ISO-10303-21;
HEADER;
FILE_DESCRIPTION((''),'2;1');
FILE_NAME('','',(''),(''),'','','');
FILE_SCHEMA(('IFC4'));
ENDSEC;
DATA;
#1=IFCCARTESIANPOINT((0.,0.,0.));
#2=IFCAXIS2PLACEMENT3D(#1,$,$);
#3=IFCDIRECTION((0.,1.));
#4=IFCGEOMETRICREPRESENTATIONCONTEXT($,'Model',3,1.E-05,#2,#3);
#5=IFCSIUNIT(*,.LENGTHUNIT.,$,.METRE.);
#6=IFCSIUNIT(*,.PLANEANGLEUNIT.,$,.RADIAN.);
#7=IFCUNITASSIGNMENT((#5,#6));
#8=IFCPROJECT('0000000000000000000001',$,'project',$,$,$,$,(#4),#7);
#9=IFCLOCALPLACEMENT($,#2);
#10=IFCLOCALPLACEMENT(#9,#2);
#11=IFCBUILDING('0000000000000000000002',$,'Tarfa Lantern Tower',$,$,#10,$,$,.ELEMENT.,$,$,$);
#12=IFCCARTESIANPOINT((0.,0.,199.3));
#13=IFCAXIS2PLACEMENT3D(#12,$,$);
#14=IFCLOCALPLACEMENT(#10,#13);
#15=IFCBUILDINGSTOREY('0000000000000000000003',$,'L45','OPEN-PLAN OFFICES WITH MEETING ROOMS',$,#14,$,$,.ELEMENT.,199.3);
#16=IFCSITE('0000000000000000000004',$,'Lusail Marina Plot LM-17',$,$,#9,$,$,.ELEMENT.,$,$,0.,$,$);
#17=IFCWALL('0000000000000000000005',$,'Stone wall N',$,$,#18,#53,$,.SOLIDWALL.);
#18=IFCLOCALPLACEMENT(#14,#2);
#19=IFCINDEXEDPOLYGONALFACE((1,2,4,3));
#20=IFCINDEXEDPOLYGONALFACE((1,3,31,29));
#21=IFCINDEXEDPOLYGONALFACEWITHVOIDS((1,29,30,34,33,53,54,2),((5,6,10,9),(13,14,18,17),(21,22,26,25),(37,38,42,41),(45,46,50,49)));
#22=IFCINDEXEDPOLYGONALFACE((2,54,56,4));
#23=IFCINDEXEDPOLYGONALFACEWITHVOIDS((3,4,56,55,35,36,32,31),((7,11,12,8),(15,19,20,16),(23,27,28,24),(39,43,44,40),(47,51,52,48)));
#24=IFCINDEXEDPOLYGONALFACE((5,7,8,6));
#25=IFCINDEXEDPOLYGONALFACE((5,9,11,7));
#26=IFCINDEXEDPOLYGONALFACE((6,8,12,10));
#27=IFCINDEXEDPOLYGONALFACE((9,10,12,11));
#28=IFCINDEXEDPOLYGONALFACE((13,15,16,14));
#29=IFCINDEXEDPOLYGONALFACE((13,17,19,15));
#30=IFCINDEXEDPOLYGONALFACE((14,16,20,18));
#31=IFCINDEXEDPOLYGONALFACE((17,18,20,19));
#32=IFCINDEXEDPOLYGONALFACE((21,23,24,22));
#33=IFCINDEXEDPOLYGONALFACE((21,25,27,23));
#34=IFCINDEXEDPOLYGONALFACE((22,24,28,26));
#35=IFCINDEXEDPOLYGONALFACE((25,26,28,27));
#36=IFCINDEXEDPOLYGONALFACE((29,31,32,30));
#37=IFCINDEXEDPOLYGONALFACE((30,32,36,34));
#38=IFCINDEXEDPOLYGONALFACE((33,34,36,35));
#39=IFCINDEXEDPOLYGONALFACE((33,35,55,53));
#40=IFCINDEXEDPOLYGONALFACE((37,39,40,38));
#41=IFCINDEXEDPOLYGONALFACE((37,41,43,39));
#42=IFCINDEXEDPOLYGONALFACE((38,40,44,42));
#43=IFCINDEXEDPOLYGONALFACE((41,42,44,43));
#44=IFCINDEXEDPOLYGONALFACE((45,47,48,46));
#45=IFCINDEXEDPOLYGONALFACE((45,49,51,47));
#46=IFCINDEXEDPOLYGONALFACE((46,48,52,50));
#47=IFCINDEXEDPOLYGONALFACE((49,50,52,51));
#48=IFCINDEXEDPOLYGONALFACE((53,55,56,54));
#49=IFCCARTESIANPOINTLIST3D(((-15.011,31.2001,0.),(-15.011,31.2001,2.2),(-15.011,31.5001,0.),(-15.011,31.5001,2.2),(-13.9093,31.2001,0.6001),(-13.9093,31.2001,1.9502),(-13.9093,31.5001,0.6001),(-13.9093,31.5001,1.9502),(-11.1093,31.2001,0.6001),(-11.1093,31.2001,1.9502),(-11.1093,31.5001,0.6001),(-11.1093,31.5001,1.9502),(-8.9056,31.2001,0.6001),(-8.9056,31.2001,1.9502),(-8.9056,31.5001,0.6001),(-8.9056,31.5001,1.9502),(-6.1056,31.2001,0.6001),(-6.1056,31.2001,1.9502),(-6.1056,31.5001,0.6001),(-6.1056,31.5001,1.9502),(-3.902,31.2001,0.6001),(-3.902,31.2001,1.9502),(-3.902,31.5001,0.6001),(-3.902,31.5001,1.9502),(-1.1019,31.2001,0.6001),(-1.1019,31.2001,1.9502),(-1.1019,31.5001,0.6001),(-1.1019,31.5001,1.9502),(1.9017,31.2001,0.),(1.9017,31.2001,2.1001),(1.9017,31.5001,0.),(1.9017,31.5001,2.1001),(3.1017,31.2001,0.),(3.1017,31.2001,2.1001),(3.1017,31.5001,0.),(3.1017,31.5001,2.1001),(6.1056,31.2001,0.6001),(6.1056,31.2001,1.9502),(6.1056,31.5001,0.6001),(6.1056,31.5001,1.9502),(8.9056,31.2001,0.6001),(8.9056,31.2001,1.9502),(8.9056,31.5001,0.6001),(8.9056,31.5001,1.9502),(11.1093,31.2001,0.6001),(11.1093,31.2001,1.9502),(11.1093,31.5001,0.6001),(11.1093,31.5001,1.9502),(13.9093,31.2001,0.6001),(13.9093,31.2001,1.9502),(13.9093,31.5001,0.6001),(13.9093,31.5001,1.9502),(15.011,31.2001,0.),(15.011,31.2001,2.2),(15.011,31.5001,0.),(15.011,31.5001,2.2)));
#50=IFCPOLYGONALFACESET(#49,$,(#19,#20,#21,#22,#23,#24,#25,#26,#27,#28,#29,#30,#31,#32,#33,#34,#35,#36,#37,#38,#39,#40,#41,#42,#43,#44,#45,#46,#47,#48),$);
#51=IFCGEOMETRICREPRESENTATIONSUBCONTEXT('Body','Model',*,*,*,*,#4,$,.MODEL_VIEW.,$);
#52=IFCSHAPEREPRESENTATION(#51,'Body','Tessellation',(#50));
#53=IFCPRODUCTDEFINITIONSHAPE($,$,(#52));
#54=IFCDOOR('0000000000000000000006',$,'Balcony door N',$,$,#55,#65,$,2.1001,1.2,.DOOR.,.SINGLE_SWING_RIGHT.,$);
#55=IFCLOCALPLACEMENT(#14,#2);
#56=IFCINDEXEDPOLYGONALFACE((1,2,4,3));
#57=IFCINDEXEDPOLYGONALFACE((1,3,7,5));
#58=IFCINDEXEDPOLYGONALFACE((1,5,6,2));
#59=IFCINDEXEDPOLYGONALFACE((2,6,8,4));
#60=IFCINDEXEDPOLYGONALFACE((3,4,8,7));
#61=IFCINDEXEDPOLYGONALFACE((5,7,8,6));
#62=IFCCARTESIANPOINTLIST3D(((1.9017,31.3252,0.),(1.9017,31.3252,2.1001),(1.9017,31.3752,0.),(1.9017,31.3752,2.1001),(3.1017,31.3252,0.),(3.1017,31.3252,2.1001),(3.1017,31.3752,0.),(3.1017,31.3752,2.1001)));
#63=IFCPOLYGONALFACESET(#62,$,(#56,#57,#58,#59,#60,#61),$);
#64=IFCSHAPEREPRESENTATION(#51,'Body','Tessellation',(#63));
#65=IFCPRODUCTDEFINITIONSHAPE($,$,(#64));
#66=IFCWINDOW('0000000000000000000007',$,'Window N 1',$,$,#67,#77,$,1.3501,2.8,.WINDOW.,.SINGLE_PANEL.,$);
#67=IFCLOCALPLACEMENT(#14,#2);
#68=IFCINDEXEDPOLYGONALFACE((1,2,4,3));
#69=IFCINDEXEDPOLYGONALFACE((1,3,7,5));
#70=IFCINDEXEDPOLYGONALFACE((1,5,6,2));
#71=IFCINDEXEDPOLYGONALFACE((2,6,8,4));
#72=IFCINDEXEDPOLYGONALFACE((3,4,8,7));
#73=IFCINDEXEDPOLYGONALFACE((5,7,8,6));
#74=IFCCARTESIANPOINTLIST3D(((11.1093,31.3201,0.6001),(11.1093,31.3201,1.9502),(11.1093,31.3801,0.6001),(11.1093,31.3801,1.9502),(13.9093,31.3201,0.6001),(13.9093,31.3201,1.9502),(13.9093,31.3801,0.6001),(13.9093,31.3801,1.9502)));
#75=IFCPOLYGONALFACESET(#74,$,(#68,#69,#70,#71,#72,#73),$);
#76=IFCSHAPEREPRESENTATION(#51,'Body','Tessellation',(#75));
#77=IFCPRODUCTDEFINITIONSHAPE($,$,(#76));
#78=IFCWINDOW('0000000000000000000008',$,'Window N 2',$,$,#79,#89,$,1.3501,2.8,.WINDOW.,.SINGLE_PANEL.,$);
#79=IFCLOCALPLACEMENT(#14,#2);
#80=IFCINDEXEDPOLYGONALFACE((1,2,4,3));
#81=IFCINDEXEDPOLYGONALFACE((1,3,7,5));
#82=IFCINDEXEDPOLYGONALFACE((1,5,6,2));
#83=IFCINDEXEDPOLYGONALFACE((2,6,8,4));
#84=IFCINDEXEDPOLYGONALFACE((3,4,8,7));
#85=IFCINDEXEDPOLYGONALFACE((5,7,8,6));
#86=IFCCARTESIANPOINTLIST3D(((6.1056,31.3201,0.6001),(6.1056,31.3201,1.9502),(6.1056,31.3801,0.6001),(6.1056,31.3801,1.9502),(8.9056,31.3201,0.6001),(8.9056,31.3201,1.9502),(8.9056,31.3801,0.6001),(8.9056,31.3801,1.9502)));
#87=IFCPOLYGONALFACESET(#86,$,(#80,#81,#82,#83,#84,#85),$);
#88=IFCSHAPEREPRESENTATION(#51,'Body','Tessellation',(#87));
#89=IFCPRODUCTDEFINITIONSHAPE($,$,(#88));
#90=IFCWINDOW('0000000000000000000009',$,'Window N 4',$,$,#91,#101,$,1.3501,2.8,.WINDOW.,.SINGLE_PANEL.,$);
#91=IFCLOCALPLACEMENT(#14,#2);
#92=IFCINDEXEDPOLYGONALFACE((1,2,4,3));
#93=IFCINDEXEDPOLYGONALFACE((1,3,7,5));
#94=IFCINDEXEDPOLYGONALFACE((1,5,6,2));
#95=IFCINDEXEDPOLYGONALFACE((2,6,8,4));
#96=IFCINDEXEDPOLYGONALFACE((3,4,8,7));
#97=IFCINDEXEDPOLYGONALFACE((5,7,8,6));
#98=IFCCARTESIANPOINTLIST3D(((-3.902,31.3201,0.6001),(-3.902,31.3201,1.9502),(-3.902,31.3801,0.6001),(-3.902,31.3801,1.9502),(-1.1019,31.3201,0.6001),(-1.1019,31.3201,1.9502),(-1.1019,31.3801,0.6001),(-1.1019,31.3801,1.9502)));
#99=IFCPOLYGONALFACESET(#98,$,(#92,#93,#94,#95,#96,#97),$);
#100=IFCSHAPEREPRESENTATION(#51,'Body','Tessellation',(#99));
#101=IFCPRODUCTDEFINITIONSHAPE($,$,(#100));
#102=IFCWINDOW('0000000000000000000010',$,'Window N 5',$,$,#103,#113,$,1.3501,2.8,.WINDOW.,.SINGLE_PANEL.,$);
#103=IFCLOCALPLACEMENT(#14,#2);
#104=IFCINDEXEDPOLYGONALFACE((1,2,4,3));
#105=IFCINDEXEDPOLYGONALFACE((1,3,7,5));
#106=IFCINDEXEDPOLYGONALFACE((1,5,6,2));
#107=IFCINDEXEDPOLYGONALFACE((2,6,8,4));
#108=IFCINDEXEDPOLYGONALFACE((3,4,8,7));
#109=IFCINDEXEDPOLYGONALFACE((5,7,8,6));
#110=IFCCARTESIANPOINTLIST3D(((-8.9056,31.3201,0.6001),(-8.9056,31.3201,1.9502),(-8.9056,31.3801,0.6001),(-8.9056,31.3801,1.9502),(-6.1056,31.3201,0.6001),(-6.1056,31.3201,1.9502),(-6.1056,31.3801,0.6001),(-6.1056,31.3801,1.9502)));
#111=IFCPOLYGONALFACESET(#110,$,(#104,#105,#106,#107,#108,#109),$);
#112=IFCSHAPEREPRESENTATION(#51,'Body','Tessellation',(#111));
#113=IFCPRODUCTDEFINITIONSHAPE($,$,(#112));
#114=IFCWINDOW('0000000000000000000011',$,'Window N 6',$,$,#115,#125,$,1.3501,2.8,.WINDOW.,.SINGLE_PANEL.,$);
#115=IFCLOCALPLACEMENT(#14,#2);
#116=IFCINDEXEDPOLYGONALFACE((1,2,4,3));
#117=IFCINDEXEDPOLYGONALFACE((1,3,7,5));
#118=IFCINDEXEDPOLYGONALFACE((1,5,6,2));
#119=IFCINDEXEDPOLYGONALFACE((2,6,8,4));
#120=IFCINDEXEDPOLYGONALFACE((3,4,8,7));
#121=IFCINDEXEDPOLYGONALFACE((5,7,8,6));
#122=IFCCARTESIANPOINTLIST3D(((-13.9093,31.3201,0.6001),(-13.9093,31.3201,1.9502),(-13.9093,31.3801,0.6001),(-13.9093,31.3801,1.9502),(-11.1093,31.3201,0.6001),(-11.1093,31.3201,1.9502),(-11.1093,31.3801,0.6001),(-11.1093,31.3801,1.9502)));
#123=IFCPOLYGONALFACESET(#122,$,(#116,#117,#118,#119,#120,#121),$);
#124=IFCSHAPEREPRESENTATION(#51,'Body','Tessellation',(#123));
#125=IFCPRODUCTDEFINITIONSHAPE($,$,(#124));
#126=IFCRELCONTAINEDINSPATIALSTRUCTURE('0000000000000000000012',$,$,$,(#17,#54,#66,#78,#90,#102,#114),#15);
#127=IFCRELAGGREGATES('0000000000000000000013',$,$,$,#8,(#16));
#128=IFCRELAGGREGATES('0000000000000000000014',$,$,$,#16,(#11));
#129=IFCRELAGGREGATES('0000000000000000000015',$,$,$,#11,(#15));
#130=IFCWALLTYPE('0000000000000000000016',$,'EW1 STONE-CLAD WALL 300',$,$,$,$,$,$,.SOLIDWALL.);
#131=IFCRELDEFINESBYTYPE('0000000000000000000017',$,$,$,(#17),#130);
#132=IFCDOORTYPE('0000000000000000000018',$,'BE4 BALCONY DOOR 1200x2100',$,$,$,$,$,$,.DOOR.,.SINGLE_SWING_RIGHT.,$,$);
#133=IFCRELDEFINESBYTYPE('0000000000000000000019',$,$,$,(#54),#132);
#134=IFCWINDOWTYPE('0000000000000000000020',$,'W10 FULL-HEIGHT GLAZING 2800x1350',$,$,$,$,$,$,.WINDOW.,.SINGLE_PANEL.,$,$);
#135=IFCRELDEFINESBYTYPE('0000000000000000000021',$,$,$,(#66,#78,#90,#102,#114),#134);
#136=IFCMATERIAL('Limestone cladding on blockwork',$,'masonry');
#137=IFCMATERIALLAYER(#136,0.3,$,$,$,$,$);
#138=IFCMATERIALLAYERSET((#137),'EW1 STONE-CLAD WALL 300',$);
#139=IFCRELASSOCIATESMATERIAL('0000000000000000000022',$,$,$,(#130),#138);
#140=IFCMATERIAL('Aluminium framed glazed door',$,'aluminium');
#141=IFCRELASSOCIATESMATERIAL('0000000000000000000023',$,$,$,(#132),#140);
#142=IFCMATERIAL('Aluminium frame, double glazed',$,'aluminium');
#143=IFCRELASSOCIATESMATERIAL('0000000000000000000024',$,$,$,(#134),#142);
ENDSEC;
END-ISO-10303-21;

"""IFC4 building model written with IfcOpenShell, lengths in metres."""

from ifc_helpers import new_model, si_unit, direction, frame, frame_2d, origin, place, context, subcontext, project, spatial, rectangle, extrude, material, layer, layer_set, type_object, element, fill, save


model = new_model("IFC4")

# Units and contexts
model_context = context("Model", 3, precision=1e-05, world=origin(), true_north=direction((0.0, 1.0)))
body_context = subcontext(model_context, "Body", "Model", "MODEL_VIEW")
ifc_project = project(units=[si_unit("LENGTHUNIT", "METRE"), si_unit("PLANEANGLEUNIT", "RADIAN")], contexts=[model_context])

# Site, building, storey
site_placement = place(None, origin())
site = spatial("IfcSite", under=ifc_project, at=site_placement, Name="Lusail Marina Plot LM-17", CompositionType="ELEMENT", RefElevation=0.0)
building_placement = place(site_placement, origin())
building = spatial("IfcBuilding", under=site, at=building_placement, Name="Tarfa Lantern Tower", CompositionType="ELEMENT")
storey_placement = place(building_placement, frame((0.0, 0.0, 199.3)))
storey = spatial("IfcBuildingStorey", under=building, at=storey_placement, Name="L45", Description="OPEN-PLAN OFFICES WITH MEETING ROOMS", CompositionType="ELEMENT", Elevation=199.3)

# Wall, openings, door, windows
ifc_material_1 = material(Name="Limestone cladding on blockwork", Category="masonry")
ifc_layer_1 = layer(ifc_material_1, 0.3)
ifc_layer_set_1 = layer_set([ifc_layer_1], Name="EW1 STONE-CLAD WALL 300")
wall_type = type_object("IfcWallType", Name="EW1 STONE-CLAD WALL 300", PredefinedType="SOLIDWALL", material=ifc_layer_set_1)
wall_placement = place(storey_placement, frame((15.011, 31.3501, 0.0), z_axis=(0.0, 0.0, 1.0), x_axis=(-1.0, 0.0, 0.0)))
wall = element("IfcWall", 1, at=wall_placement, inside=storey, type_object=wall_type, Name="Stone wall N", PredefinedType="SOLIDWALL", context=body_context, shape_type="SweptSolid", body=[
    extrude(rectangle(XDim=30.022, YDim=0.3, at=frame_2d((15.011, 0.0))), origin(), (0.0, 0.0, 1.0), 2.2),
])
opening_1_placement = place(wall_placement, frame((1.1018, 0.0, 0.6001)))
opening_1 = element("IfcOpeningElement", 2, at=opening_1_placement, cuts=wall, PredefinedType="OPENING", context=body_context, shape_type="SweptSolid", body=[
    extrude(rectangle(XDim=2.8, YDim=1.3501, at=frame_2d((1.3999, 0.675))), frame((0.0, 0.1599, 0.0), z_axis=(0.0, -1.0, 0.0), x_axis=(1.0, 0.0, 0.0)), (0.0, 0.0, 1.0), 0.3201),
])
opening_2_placement = place(wall_placement, frame((6.1055, 0.0, 0.6001)))
opening_2 = element("IfcOpeningElement", 3, at=opening_2_placement, cuts=wall, PredefinedType="OPENING", context=body_context, shape_type="SweptSolid", body=[
    extrude(rectangle(XDim=2.8, YDim=1.3501, at=frame_2d((1.3999, 0.675))), frame((0.0, 0.1599, 0.0), z_axis=(0.0, -1.0, 0.0), x_axis=(1.0, 0.0, 0.0)), (0.0, 0.0, 1.0), 0.3201),
])
opening_3_placement = place(wall_placement, frame((11.9092, 0.0, 0.0)))
opening_3 = element("IfcOpeningElement", 4, at=opening_3_placement, cuts=wall, PredefinedType="OPENING", context=body_context, shape_type="SweptSolid", body=[
    extrude(rectangle(XDim=1.2, YDim=2.1001, at=frame_2d((0.6001, 1.05))), frame((0.0, 0.1599, 0.0), z_axis=(0.0, -1.0, 0.0), x_axis=(1.0, 0.0, 0.0)), (0.0, 0.0, 1.0), 0.3201),
])
opening_4_placement = place(wall_placement, frame((16.113, 0.0, 0.6001)))
opening_4 = element("IfcOpeningElement", 5, at=opening_4_placement, cuts=wall, PredefinedType="OPENING", context=body_context, shape_type="SweptSolid", body=[
    extrude(rectangle(XDim=2.8, YDim=1.3501, at=frame_2d((1.3999, 0.675))), frame((0.0, 0.1599, 0.0), z_axis=(0.0, -1.0, 0.0), x_axis=(1.0, 0.0, 0.0)), (0.0, 0.0, 1.0), 0.3201),
])
opening_5_placement = place(wall_placement, frame((21.1167, 0.0, 0.6001)))
opening_5 = element("IfcOpeningElement", 6, at=opening_5_placement, cuts=wall, PredefinedType="OPENING", context=body_context, shape_type="SweptSolid", body=[
    extrude(rectangle(XDim=2.8, YDim=1.3501, at=frame_2d((1.3999, 0.675))), frame((0.0, 0.1599, 0.0), z_axis=(0.0, -1.0, 0.0), x_axis=(1.0, 0.0, 0.0)), (0.0, 0.0, 1.0), 0.3201),
])
opening_6_placement = place(wall_placement, frame((26.1204, 0.0, 0.6001)))
opening_6 = element("IfcOpeningElement", 7, at=opening_6_placement, cuts=wall, PredefinedType="OPENING", context=body_context, shape_type="SweptSolid", body=[
    extrude(rectangle(XDim=2.8, YDim=1.3501, at=frame_2d((1.3999, 0.675))), frame((0.0, 0.1599, 0.0), z_axis=(0.0, -1.0, 0.0), x_axis=(1.0, 0.0, 0.0)), (0.0, 0.0, 1.0), 0.3201),
])
ifc_material_2 = material(Name="Aluminium framed glazed door", Category="aluminium")
door_type = type_object("IfcDoorType", Name="BE4 BALCONY DOOR 1200x2100", OperationType="SINGLE_SWING_RIGHT", PredefinedType="DOOR", material=ifc_material_2)
door_placement = place(opening_3_placement, origin())
door = element("IfcDoor", 8, at=door_placement, inside=storey, type_object=door_type, Name="Balcony door N", OperationType="SINGLE_SWING_RIGHT", OverallHeight=2.1001, OverallWidth=1.2, PredefinedType="DOOR", context=body_context, shape_type="SweptSolid", body=[
    extrude(rectangle(XDim=1.2, YDim=2.1001, at=frame_2d((0.6001, 1.05))), frame((0.0, 0.0249, 0.0), z_axis=(0.0, -1.0, 0.0), x_axis=(1.0, 0.0, 0.0)), (0.0, 0.0, 1.0), 0.05),
])
fill(opening_3, door)
ifc_material_3 = material(Name="Aluminium frame, double glazed", Category="aluminium")
window_type = type_object("IfcWindowType", Name="W10 FULL-HEIGHT GLAZING 2800x1350", PartitioningType="SINGLE_PANEL", PredefinedType="WINDOW", material=ifc_material_3)
window_1_placement = place(opening_1_placement, origin())
window_1 = element("IfcWindow", 9, at=window_1_placement, inside=storey, type_object=window_type, Name="Window N 1", OverallHeight=1.3501, OverallWidth=2.8, PartitioningType="SINGLE_PANEL", PredefinedType="WINDOW", context=body_context, shape_type="SweptSolid", body=[
    extrude(rectangle(XDim=2.8, YDim=1.3501, at=frame_2d((1.3999, 0.675))), frame((0.0, 0.03, 0.0), z_axis=(0.0, -1.0, 0.0), x_axis=(1.0, 0.0, 0.0)), (0.0, 0.0, 1.0), 0.0601),
])
fill(opening_1, window_1)
window_2_placement = place(opening_2_placement, origin())
window_2 = element("IfcWindow", 10, at=window_2_placement, inside=storey, type_object=window_type, Name="Window N 2", OverallHeight=1.3501, OverallWidth=2.8, PartitioningType="SINGLE_PANEL", PredefinedType="WINDOW", context=body_context, shape_type="SweptSolid", body=[
    extrude(rectangle(XDim=2.8, YDim=1.3501, at=frame_2d((1.3999, 0.675))), frame((0.0, 0.03, 0.0), z_axis=(0.0, -1.0, 0.0), x_axis=(1.0, 0.0, 0.0)), (0.0, 0.0, 1.0), 0.0601),
])
fill(opening_2, window_2)
window_3_placement = place(opening_4_placement, origin())
window_3 = element("IfcWindow", 11, at=window_3_placement, inside=storey, type_object=window_type, Name="Window N 4", OverallHeight=1.3501, OverallWidth=2.8, PartitioningType="SINGLE_PANEL", PredefinedType="WINDOW", context=body_context, shape_type="SweptSolid", body=[
    extrude(rectangle(XDim=2.8, YDim=1.3501, at=frame_2d((1.3999, 0.675))), frame((0.0, 0.03, 0.0), z_axis=(0.0, -1.0, 0.0), x_axis=(1.0, 0.0, 0.0)), (0.0, 0.0, 1.0), 0.0601),
])
fill(opening_4, window_3)
window_4_placement = place(opening_5_placement, origin())
window_4 = element("IfcWindow", 12, at=window_4_placement, inside=storey, type_object=window_type, Name="Window N 5", OverallHeight=1.3501, OverallWidth=2.8, PartitioningType="SINGLE_PANEL", PredefinedType="WINDOW", context=body_context, shape_type="SweptSolid", body=[
    extrude(rectangle(XDim=2.8, YDim=1.3501, at=frame_2d((1.3999, 0.675))), frame((0.0, 0.03, 0.0), z_axis=(0.0, -1.0, 0.0), x_axis=(1.0, 0.0, 0.0)), (0.0, 0.0, 1.0), 0.0601),
])
fill(opening_5, window_4)
window_5_placement = place(opening_6_placement, origin())
window_5 = element("IfcWindow", 13, at=window_5_placement, inside=storey, type_object=window_type, Name="Window N 6", OverallHeight=1.3501, OverallWidth=2.8, PartitioningType="SINGLE_PANEL", PredefinedType="WINDOW", context=body_context, shape_type="SweptSolid", body=[
    extrude(rectangle(XDim=2.8, YDim=1.3501, at=frame_2d((1.3999, 0.675))), frame((0.0, 0.03, 0.0), z_axis=(0.0, -1.0, 0.0), x_axis=(1.0, 0.0, 0.0)), (0.0, 0.0, 1.0), 0.0601),
])
fill(opening_6, window_5)

save(model, "model.ifc")
